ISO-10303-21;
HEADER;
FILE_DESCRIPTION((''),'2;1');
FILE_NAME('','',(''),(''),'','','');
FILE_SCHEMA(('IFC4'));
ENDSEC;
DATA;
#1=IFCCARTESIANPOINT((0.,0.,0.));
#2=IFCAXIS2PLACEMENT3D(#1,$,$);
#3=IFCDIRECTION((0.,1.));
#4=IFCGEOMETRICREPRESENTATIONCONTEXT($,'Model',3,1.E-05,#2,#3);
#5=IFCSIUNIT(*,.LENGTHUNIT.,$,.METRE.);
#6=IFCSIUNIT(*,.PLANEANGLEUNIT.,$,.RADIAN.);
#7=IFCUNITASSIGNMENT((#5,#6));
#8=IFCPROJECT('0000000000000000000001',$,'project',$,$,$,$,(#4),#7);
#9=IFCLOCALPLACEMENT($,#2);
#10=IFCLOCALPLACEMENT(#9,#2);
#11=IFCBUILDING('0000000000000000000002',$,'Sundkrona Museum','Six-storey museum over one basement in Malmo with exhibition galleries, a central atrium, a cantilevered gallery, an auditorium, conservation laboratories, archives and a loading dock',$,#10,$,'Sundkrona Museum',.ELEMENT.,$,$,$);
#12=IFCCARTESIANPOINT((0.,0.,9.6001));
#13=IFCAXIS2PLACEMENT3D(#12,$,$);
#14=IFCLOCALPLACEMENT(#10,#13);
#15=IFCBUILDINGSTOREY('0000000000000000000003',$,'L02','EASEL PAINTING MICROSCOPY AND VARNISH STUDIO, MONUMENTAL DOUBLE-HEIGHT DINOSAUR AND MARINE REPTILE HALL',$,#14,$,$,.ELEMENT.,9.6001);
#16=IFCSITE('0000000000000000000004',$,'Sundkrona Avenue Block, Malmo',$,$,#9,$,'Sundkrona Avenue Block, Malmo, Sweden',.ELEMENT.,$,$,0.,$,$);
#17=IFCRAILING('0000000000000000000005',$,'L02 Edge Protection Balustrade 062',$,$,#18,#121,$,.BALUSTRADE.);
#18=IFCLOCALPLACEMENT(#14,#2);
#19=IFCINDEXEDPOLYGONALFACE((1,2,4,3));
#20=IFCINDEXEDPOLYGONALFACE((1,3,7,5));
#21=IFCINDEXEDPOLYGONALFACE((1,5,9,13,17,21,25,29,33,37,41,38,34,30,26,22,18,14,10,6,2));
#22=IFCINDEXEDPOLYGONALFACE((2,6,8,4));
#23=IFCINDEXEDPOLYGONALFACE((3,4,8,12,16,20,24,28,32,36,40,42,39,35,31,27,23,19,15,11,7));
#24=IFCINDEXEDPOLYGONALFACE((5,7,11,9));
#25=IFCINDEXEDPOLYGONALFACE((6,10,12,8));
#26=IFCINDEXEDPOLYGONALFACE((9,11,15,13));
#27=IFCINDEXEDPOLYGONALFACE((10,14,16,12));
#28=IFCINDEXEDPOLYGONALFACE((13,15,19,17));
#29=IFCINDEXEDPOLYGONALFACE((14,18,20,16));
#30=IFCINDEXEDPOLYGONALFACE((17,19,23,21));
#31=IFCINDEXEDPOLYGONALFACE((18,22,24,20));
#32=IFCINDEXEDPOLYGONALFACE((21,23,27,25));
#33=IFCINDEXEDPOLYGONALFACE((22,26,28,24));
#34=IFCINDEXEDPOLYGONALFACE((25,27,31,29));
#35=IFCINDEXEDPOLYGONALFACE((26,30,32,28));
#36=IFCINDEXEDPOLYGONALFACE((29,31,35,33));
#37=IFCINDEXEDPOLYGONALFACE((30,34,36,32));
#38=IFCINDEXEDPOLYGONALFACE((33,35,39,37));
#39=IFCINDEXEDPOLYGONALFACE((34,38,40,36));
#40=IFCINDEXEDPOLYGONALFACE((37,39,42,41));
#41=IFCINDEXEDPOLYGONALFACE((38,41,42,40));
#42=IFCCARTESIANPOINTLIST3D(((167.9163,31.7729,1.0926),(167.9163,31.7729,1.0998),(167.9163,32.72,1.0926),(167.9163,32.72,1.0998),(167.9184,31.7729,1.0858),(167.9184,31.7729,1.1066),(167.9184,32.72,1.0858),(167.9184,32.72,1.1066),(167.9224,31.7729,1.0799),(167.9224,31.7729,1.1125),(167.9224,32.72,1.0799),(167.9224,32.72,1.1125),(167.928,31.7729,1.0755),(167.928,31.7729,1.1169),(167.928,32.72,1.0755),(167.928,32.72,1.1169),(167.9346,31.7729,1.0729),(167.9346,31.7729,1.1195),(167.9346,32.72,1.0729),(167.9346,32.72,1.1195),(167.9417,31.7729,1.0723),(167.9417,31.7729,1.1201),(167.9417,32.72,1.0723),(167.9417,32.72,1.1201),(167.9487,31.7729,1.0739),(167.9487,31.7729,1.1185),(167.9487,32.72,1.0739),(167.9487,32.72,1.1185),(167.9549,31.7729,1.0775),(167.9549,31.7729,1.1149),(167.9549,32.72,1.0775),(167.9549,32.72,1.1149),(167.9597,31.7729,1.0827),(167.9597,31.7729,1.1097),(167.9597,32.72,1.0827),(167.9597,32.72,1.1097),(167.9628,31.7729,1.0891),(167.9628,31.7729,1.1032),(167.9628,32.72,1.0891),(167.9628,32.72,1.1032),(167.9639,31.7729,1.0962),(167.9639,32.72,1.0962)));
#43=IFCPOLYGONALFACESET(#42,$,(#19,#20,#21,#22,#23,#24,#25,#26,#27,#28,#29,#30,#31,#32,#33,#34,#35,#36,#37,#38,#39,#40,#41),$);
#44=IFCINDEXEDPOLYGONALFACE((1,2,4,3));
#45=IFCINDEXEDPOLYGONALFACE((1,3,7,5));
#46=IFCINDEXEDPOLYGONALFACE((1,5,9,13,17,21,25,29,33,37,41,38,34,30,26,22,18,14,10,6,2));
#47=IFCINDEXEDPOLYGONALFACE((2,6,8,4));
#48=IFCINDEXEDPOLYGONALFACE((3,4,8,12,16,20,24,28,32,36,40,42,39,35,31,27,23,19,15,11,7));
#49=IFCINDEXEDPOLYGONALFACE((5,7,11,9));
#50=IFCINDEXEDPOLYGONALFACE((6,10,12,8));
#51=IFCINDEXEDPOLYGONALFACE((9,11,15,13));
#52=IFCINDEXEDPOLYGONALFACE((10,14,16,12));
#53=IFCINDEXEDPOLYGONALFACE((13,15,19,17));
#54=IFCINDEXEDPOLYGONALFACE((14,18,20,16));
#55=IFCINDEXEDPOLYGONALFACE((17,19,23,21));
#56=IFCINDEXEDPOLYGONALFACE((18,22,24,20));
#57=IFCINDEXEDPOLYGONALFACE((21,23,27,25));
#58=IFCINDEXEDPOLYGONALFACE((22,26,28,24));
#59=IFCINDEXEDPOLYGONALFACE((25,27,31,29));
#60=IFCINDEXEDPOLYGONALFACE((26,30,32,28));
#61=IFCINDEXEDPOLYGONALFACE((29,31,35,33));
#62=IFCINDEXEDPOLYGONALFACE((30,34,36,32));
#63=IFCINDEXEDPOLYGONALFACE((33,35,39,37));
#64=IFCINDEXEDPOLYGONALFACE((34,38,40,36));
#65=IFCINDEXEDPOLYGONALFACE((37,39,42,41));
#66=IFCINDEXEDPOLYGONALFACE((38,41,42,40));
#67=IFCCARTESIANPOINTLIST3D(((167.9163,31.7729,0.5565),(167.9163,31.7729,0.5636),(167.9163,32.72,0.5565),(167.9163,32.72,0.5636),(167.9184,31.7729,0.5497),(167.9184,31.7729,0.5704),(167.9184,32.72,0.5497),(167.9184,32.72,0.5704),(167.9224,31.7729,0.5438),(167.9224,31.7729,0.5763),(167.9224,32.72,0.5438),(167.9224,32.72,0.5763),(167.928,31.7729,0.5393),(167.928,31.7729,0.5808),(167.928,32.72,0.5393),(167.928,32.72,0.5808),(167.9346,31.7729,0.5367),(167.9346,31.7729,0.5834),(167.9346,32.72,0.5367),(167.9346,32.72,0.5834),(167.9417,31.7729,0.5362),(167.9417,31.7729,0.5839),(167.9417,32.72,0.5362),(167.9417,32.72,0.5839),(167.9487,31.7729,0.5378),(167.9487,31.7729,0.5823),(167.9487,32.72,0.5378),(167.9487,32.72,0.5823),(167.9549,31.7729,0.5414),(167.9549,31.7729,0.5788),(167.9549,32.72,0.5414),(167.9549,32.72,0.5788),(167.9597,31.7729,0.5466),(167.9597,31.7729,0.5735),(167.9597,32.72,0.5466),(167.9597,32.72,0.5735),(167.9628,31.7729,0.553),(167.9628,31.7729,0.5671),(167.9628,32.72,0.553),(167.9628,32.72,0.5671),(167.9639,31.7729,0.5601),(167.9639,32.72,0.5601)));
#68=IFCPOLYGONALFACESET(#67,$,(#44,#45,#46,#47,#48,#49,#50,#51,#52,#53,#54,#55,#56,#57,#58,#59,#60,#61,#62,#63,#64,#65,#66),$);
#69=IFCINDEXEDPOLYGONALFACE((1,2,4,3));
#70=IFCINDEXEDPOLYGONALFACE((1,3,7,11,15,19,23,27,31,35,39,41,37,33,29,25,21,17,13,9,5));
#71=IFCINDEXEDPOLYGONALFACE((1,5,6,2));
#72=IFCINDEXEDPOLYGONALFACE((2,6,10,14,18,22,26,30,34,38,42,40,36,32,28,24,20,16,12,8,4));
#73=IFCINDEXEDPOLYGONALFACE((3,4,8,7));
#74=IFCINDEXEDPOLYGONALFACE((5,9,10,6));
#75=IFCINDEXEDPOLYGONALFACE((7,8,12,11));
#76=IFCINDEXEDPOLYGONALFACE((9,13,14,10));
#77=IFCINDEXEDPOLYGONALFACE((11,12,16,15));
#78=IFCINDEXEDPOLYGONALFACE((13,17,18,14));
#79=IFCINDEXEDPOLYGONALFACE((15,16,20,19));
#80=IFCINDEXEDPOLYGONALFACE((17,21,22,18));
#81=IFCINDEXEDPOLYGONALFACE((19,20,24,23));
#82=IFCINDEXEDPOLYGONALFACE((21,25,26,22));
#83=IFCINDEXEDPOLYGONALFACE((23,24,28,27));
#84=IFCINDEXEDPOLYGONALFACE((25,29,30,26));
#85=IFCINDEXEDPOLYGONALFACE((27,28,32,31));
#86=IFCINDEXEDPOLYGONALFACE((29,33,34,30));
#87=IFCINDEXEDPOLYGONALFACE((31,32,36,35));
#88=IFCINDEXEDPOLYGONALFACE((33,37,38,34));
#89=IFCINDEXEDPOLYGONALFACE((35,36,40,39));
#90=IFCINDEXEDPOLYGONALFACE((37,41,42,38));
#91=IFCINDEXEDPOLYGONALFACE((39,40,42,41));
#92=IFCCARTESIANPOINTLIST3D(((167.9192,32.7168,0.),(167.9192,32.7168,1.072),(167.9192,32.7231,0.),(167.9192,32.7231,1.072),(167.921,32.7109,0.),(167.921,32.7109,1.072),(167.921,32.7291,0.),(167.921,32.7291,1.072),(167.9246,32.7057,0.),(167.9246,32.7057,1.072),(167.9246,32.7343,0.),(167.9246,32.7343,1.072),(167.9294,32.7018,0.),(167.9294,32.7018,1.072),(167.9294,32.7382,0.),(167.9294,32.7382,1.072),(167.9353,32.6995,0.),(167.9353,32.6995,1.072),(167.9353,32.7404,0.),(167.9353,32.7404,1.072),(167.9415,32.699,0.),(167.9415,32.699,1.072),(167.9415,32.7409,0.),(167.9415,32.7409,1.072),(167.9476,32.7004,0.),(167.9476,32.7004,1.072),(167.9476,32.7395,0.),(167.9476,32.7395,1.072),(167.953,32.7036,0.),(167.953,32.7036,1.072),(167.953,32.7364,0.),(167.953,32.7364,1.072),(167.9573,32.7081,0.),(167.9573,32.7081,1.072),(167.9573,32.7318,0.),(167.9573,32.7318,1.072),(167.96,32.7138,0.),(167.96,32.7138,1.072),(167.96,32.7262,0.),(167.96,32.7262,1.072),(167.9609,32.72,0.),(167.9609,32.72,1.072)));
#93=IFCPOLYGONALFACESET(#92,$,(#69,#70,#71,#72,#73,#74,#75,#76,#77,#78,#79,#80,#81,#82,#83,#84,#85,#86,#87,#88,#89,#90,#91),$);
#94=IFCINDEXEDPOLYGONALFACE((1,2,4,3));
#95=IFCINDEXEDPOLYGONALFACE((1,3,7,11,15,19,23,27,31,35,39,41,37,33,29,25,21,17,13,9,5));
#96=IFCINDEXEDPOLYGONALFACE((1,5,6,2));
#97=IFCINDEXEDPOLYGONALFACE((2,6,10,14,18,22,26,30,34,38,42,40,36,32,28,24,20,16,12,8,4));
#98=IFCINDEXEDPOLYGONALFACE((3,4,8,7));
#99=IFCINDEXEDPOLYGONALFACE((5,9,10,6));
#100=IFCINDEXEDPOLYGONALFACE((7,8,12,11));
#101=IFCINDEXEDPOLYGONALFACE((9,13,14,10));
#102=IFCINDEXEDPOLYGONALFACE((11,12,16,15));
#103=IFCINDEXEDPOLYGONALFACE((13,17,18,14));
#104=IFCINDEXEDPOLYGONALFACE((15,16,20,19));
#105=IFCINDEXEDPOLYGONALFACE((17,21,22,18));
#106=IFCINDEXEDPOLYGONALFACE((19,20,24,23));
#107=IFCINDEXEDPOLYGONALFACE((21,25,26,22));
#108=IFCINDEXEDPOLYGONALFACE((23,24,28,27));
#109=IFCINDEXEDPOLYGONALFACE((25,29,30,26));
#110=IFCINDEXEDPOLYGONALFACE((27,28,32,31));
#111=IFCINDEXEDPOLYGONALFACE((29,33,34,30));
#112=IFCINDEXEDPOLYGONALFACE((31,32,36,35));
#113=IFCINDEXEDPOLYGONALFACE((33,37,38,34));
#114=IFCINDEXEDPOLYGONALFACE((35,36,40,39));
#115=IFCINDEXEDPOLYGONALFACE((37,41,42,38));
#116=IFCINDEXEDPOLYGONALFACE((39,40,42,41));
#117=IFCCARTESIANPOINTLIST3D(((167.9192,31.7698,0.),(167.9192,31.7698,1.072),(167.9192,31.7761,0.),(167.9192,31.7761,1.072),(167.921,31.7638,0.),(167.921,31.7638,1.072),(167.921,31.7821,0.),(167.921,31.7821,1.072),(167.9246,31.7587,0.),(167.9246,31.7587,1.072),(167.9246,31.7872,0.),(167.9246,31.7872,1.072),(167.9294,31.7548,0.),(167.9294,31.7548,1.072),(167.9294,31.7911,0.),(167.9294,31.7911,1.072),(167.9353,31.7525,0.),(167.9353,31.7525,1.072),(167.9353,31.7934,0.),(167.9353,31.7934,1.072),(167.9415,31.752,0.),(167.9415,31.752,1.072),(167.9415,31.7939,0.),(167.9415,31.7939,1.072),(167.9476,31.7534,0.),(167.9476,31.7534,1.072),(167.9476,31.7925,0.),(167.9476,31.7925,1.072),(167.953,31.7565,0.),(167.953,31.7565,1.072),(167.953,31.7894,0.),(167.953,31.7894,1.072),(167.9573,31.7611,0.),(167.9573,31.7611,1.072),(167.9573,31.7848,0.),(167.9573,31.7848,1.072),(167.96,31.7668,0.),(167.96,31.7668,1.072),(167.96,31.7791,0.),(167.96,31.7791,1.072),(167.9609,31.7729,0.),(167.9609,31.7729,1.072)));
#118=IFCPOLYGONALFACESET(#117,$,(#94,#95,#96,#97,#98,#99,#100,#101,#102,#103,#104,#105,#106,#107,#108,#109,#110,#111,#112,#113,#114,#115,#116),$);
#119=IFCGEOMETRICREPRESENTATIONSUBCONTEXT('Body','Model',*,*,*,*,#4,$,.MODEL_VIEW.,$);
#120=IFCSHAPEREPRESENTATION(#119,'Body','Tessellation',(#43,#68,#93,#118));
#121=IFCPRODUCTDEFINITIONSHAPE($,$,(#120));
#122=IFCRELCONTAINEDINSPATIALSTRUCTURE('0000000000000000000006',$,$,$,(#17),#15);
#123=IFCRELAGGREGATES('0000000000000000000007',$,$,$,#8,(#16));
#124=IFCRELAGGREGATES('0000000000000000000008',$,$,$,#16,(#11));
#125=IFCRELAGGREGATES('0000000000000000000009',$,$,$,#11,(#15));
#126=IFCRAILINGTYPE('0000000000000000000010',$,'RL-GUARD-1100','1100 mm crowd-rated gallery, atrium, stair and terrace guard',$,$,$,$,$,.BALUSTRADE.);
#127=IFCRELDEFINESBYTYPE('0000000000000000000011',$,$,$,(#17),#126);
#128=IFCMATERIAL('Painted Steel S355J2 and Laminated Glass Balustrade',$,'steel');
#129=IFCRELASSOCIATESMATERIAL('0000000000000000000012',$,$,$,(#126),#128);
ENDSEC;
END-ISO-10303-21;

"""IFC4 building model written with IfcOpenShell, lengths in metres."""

from ifc_helpers import new_model, si_unit, direction, frame, origin, origin_2d, place, context, subcontext, project, spatial, circle, extrude, material, type_object, element, save


model = new_model("IFC4")

# Units and contexts
model_context = context("Model", 3, precision=1e-05, world=origin(), true_north=direction((0.0, 1.0)))
body_context = subcontext(model_context, "Body", "Model", "MODEL_VIEW")
ifc_project = project(units=[si_unit("LENGTHUNIT", "METRE"), si_unit("PLANEANGLEUNIT", "RADIAN")], contexts=[model_context])

# Site, building, storey
site_placement = place(None, origin())
site = spatial("IfcSite", under=ifc_project, at=site_placement, Name="Sundkrona Avenue Block, Malmo", LongName="Sundkrona Avenue Block, Malmo, Sweden", CompositionType="ELEMENT", RefElevation=0.0)
building_placement = place(site_placement, origin())
building = spatial("IfcBuilding", under=site, at=building_placement, Name="Sundkrona Museum", Description="Six-storey museum over one basement in Malmo with exhibition galleries, a central atrium, a cantilevered gallery, an auditorium, conservation laboratories, archives and a loading dock", LongName="Sundkrona Museum", CompositionType="ELEMENT")
storey_placement = place(building_placement, frame((0.0, 0.0, 9.6001)))
storey = spatial("IfcBuildingStorey", under=building, at=storey_placement, Name="L02", Description="EASEL PAINTING MICROSCOPY AND VARNISH STUDIO, MONUMENTAL DOUBLE-HEIGHT DINOSAUR AND MARINE REPTILE HALL", CompositionType="ELEMENT", Elevation=9.6001)

# Railing
ifc_material_1 = material(Name="Painted Steel S355J2 and Laminated Glass Balustrade", Category="steel")
railing_type_1 = type_object("IfcRailingType", Name="RL-GUARD-1100", Description="1100 mm crowd-rated gallery, atrium, stair and terrace guard", PredefinedType="BALUSTRADE", material=ifc_material_1)
railing_1_placement = place(storey_placement, frame((167.9399, 32.72, 0.0)))
element("IfcRailing", 1, at=railing_1_placement, inside=storey, type_object=railing_type_1, Name="L02 Edge Protection Balustrade 062", PredefinedType="BALUSTRADE", context=body_context, shape_type="SweptSolid", body=[
    extrude(circle(Radius=0.0239, at=origin_2d()), frame((0.0, 0.0, 1.0962), z_axis=(0.0, -1.0, 0.0), x_axis=(1.0, 0.0, 0.0)), (0.0, 0.0, 1.0), 0.947),
    extrude(circle(Radius=0.0239, at=origin_2d()), frame((0.0, 0.0, 0.5601), z_axis=(0.0, -1.0, 0.0), x_axis=(1.0, 0.0, 0.0)), (0.0, 0.0, 1.0), 0.947),
    extrude(circle(Radius=0.021, at=origin_2d()), origin(), (0.0, 0.0, 1.0), 1.072),
    extrude(circle(Radius=0.021, at=origin_2d()), frame((0.0, -0.947, 0.0)), (0.0, 0.0, 1.0), 1.072),
])

save(model, "model.ifc")
